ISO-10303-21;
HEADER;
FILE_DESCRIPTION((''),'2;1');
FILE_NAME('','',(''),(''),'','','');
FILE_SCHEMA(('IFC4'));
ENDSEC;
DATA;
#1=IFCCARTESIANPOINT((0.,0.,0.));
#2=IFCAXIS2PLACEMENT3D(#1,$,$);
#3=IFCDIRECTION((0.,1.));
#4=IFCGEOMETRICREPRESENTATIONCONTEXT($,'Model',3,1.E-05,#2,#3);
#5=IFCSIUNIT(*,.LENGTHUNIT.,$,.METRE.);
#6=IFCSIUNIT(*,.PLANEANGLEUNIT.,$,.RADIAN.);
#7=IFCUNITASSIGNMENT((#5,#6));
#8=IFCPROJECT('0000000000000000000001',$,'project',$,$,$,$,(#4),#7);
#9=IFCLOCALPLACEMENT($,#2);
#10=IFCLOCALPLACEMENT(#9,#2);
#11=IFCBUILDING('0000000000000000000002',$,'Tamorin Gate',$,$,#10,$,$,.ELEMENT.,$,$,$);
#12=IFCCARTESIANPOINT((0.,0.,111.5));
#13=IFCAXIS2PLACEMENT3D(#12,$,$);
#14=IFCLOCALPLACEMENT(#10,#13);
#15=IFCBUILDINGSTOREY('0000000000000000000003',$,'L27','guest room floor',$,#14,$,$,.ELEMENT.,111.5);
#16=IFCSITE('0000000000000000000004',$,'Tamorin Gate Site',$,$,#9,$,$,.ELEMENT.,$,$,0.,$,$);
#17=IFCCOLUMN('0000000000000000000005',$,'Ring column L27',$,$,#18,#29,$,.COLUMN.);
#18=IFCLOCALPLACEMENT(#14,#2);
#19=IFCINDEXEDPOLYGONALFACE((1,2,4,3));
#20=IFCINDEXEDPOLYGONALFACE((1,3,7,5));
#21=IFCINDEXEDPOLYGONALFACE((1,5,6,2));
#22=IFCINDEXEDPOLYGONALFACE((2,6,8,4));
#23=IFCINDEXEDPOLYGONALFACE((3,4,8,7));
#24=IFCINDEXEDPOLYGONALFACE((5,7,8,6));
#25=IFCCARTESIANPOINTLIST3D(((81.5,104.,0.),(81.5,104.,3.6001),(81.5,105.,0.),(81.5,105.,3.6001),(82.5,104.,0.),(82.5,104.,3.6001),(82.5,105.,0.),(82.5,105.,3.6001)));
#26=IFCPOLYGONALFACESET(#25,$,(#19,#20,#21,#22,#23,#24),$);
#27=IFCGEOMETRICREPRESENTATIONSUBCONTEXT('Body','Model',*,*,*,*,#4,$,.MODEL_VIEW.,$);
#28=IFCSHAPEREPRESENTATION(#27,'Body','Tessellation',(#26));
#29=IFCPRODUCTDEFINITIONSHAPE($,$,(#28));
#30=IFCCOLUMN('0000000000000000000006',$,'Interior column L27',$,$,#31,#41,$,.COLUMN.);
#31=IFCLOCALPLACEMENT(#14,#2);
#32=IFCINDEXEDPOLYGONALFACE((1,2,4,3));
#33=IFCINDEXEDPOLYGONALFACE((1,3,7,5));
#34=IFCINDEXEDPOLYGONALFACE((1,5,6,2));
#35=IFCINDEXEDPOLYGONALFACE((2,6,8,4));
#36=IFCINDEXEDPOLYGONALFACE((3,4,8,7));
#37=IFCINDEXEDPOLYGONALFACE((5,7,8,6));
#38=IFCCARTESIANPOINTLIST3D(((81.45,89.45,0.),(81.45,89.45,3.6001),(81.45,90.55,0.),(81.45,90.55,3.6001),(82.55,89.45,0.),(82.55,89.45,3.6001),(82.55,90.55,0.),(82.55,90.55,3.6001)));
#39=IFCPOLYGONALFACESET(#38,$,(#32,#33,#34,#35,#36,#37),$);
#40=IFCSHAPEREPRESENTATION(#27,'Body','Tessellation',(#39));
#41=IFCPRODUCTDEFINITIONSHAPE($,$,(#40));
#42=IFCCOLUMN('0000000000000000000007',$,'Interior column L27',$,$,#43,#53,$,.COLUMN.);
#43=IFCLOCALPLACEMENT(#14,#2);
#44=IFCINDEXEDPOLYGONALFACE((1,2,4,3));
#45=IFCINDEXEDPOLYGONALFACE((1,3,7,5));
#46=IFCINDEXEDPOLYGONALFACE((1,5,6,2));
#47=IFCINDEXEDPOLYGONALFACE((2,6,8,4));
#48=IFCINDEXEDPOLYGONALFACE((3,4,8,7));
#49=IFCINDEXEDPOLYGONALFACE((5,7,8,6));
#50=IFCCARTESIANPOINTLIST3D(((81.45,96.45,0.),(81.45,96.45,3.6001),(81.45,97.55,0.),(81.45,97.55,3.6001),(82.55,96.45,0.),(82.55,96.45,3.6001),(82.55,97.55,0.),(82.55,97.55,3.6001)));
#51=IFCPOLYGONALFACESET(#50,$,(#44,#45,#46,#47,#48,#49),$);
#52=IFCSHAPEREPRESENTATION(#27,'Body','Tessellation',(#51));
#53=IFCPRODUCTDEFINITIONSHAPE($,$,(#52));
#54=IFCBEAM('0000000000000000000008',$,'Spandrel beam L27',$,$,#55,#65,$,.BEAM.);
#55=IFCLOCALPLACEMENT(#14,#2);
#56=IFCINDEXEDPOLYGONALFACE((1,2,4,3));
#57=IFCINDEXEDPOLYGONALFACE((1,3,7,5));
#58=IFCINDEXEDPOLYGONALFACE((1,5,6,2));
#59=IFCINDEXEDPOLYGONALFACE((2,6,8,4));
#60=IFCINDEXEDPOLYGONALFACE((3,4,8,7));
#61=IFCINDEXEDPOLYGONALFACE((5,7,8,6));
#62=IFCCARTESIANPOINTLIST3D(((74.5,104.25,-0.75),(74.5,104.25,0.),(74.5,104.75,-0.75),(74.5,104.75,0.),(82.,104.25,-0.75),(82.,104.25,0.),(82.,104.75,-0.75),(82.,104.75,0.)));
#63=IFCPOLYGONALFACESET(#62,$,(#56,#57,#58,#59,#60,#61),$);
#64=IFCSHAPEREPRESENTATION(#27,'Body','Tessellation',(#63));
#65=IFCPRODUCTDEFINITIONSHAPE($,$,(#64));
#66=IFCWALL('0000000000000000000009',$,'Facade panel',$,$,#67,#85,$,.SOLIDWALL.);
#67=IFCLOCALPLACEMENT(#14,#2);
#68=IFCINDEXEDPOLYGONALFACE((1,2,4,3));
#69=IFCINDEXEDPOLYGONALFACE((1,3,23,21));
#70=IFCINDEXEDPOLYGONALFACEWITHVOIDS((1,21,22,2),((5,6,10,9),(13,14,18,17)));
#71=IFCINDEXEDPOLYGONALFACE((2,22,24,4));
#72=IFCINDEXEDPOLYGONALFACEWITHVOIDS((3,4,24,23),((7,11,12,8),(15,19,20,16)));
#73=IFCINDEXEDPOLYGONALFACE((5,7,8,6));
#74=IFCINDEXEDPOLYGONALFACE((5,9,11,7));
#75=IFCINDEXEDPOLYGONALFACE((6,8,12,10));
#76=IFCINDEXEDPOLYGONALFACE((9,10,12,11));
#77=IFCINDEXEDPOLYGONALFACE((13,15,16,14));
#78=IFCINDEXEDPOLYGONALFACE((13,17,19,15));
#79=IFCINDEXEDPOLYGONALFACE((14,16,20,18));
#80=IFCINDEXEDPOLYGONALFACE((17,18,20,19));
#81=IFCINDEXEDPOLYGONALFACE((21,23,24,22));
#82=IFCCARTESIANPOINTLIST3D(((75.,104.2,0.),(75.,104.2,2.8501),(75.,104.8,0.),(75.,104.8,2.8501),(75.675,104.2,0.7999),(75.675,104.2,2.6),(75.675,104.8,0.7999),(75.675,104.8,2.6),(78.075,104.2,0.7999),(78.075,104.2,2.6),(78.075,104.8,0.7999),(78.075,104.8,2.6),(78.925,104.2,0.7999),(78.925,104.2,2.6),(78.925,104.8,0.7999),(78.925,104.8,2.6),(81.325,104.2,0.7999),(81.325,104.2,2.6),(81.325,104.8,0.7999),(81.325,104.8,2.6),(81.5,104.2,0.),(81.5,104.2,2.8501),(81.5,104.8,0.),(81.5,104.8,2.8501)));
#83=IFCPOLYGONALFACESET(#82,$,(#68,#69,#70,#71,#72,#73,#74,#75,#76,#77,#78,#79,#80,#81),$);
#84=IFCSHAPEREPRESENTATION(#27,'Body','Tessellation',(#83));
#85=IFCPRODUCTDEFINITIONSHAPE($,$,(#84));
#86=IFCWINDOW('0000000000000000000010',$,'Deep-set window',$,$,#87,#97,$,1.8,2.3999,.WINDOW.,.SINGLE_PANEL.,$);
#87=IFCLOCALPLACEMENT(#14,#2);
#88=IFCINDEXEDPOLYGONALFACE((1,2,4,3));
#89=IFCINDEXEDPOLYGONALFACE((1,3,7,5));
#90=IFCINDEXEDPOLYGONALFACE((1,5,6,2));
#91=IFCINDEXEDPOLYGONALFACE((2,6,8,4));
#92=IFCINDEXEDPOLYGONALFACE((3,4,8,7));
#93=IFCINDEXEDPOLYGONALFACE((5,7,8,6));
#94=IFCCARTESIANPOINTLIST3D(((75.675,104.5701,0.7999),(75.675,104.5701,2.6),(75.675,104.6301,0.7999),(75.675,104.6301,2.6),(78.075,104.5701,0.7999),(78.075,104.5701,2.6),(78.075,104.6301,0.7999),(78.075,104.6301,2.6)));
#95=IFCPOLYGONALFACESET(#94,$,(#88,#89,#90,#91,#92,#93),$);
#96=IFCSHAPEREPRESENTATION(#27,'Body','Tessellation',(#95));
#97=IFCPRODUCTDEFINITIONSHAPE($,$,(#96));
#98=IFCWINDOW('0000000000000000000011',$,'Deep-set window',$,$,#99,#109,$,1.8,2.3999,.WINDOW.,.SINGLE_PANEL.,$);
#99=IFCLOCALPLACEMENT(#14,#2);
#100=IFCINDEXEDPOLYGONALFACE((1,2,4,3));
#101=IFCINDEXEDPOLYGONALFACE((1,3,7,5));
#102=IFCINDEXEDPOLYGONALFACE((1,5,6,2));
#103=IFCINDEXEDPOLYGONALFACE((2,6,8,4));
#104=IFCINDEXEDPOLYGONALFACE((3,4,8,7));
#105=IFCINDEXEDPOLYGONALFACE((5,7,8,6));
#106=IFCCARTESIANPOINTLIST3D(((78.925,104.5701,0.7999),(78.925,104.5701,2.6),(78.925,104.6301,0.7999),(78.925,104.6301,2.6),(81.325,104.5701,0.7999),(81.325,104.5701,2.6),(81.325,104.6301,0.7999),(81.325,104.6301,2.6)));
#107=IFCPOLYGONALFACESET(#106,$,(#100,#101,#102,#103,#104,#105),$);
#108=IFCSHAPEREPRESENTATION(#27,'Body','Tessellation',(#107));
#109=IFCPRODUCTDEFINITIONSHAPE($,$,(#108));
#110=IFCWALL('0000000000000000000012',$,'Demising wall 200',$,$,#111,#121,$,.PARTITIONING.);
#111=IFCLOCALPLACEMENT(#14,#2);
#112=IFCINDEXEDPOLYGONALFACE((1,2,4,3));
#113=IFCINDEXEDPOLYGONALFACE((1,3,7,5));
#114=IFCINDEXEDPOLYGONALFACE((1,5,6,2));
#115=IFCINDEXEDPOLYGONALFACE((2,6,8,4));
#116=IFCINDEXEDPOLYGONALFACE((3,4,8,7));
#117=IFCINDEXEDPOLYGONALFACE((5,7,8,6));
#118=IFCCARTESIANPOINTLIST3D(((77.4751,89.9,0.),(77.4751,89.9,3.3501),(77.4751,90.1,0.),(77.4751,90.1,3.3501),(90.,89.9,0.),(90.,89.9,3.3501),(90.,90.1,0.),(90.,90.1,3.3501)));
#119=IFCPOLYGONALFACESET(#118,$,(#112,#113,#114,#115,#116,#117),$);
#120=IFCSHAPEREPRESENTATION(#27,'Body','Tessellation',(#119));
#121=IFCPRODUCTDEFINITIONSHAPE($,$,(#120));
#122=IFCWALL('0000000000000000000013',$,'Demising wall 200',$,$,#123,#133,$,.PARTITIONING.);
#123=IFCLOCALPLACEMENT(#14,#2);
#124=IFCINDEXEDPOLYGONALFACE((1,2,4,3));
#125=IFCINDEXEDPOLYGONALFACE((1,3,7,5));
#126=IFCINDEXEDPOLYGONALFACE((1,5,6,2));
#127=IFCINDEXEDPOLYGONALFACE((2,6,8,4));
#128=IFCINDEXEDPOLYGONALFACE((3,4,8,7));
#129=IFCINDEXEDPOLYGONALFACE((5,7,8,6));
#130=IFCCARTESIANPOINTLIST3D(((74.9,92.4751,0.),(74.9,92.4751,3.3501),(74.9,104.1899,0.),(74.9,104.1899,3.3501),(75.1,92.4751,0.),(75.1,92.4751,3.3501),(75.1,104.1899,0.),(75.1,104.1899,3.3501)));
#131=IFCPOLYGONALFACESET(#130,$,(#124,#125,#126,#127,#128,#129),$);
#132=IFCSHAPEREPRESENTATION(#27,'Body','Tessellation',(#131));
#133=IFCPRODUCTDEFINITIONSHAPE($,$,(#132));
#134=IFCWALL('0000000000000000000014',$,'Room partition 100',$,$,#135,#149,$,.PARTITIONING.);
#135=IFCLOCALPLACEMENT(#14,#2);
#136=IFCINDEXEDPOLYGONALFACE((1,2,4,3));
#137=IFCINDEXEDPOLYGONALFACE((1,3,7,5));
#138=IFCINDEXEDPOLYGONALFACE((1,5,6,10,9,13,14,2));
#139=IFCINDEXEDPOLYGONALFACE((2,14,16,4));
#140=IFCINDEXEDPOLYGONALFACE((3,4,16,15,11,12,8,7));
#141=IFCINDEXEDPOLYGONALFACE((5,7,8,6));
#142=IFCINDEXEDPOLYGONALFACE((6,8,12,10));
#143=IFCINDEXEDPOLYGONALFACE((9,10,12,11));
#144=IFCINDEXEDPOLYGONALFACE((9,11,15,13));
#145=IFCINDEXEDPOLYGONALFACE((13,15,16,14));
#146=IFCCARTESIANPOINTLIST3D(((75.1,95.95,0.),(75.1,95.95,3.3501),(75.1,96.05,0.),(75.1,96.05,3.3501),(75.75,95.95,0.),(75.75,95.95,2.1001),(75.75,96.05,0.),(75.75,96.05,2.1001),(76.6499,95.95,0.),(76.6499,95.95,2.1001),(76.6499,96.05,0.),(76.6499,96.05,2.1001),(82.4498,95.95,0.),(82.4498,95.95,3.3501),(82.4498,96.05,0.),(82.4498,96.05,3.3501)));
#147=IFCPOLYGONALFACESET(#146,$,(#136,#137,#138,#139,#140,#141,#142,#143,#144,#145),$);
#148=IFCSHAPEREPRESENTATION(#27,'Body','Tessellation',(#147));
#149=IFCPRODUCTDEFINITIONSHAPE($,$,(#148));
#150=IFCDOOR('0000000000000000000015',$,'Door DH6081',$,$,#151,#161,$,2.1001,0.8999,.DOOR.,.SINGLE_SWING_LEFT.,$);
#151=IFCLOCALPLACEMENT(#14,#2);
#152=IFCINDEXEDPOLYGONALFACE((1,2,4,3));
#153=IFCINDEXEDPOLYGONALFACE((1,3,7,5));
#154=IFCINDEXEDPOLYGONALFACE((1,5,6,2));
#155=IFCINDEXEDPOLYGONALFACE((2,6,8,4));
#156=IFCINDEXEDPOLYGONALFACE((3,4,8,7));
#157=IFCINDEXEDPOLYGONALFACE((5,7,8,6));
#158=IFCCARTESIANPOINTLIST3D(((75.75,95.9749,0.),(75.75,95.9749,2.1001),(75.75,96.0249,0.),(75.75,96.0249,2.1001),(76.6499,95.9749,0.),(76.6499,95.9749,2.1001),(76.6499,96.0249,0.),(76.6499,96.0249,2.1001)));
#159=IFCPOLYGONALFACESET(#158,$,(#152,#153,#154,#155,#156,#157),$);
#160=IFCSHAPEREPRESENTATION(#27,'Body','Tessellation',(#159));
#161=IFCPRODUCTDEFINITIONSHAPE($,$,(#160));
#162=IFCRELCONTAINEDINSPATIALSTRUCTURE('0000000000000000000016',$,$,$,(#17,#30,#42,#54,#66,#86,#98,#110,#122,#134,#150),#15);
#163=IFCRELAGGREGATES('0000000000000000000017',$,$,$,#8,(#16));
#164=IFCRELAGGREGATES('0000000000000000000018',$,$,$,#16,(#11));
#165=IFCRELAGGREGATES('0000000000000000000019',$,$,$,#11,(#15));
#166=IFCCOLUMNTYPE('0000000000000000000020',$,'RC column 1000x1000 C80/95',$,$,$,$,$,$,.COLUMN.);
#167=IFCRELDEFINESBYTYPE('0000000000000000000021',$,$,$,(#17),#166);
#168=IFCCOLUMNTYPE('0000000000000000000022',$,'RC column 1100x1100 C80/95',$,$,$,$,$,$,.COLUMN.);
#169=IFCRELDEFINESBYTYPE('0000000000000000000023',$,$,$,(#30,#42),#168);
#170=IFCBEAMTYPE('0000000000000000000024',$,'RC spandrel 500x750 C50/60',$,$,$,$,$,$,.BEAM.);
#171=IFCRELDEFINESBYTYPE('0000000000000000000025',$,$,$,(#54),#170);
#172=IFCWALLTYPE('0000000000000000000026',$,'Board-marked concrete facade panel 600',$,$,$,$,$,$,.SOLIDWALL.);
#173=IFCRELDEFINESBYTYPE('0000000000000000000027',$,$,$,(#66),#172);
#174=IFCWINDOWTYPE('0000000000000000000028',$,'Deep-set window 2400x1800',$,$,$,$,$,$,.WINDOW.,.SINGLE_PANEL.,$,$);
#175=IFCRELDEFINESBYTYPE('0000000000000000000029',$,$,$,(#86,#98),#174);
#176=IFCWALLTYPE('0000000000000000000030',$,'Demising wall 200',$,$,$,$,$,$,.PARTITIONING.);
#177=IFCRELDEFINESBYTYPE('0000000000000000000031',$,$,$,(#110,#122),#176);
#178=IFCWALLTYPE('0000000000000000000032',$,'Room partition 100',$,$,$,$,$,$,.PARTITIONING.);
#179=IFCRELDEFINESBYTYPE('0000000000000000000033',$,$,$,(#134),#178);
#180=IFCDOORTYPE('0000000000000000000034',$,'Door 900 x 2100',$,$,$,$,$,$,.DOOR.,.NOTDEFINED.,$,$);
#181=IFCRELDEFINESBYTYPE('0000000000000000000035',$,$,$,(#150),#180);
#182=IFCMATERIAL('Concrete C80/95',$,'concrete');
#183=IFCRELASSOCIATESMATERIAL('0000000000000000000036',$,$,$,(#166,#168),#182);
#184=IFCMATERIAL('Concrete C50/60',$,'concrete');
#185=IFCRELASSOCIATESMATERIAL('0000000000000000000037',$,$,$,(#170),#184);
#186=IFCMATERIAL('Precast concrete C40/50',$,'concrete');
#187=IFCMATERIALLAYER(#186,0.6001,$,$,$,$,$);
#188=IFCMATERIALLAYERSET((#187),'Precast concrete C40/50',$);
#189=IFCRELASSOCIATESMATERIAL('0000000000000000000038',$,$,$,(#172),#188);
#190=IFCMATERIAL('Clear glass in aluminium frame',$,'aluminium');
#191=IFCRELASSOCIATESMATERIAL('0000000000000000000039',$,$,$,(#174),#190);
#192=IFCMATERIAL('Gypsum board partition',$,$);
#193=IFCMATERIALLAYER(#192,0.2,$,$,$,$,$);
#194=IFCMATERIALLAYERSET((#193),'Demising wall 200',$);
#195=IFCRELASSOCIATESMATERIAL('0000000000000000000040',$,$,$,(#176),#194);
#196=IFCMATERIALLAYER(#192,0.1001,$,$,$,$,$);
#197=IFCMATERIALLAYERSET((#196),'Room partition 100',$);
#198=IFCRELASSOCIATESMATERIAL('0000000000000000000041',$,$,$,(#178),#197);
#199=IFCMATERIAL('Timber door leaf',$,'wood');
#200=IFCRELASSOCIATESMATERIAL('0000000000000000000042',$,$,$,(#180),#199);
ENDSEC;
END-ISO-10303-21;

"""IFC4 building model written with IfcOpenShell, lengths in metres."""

from ifc_helpers import new_model, si_unit, direction, frame, frame_2d, origin, origin_2d, place, context, subcontext, project, spatial, rectangle, extrude, material, layer, layer_set, material_profile, profile_set, type_object, element, fill, save


model = new_model("IFC4")

# Units and contexts
model_context = context("Model", 3, precision=1e-05, world=origin(), true_north=direction((0.0, 1.0)))
body_context = subcontext(model_context, "Body", "Model", "MODEL_VIEW")
ifc_project = project(units=[si_unit("LENGTHUNIT", "METRE"), si_unit("PLANEANGLEUNIT", "RADIAN")], contexts=[model_context])

# Site, building, storey
site_placement = place(None, origin())
site = spatial("IfcSite", under=ifc_project, at=site_placement, Name="Tamorin Gate Site", CompositionType="ELEMENT", RefElevation=0.0)
building_placement = place(site_placement, origin())
building = spatial("IfcBuilding", under=site, at=building_placement, Name="Tamorin Gate", CompositionType="ELEMENT")
storey_placement = place(building_placement, frame((0.0, 0.0, 111.5)))
storey = spatial("IfcBuildingStorey", under=building, at=storey_placement, Name="L27", Description="guest room floor", CompositionType="ELEMENT", Elevation=111.5)

# Columns
ifc_material_1 = material(Name="Concrete C80/95", Category="concrete")
ifc_material_profile_1 = material_profile(ifc_material_1, rectangle(XDim=1.0, YDim=1.0, at=origin_2d()), Name="RC 1000x1000")
ifc_profile_set_1 = profile_set([ifc_material_profile_1], Name="Concrete C80/95")
column_type_1 = type_object("IfcColumnType", Name="RC column 1000x1000 C80/95", PredefinedType="COLUMN", material=ifc_profile_set_1)
column_placement = place(storey_placement, frame((82.0, 104.5, 0.0), z_axis=(0.0, 0.0, 1.0), x_axis=(1.0, 0.0, 0.0)))
element("IfcColumn", 1, at=column_placement, inside=storey, type_object=column_type_1, Name="Ring column L27", PredefinedType="COLUMN", context=body_context, shape_type="SweptSolid", body=[
    extrude(rectangle(XDim=1.0, YDim=1.0, at=origin_2d()), origin(), (0.0, 0.0, 1.0), 3.6001),
])
ifc_material_profile_2 = material_profile(ifc_material_1, rectangle(XDim=1.1001, YDim=1.1001, at=origin_2d()), Name="RC 1100x1100")
ifc_profile_set_2 = profile_set([ifc_material_profile_2], Name="Concrete C80/95")
column_type_2 = type_object("IfcColumnType", Name="RC column 1100x1100 C80/95", PredefinedType="COLUMN", material=ifc_profile_set_2)
for number, where, z_axis, x_axis, name in (
    (2, (82.0, 90.0, 0.0), (0.0, 0.0, 1.0), (1.0, 0.0, 0.0), "Interior column L27"),
    (3, (82.0, 97.0, 0.0), (0.0, 0.0, 1.0), (1.0, 0.0, 0.0), "Interior column L27"),
):
    element("IfcColumn", number, at=place(storey_placement, frame(where, z_axis=z_axis, x_axis=x_axis)), inside=storey, type_object=column_type_2, Name=name, PredefinedType="COLUMN", context=body_context, shape_type="SweptSolid", body=[
        extrude(rectangle(XDim=1.1001, YDim=1.1001, at=origin_2d()), origin(), (0.0, 0.0, 1.0), 3.6001),
    ])

# Beam
ifc_material_2 = material(Name="Concrete C50/60", Category="concrete")
ifc_material_profile_3 = material_profile(ifc_material_2, rectangle(XDim=0.5, YDim=0.75, at=origin_2d()), Name="RC 500x750")
ifc_profile_set_3 = profile_set([ifc_material_profile_3], Name="Concrete C50/60")
beam_type = type_object("IfcBeamType", Name="RC spandrel 500x750 C50/60", PredefinedType="BEAM", material=ifc_profile_set_3)
beam_placement = place(storey_placement, frame((82.0, 104.5, -0.375), z_axis=(-1.0, 0.0, 0.0), x_axis=(0.0, -1.0, 0.0)))
element("IfcBeam", 4, at=beam_placement, inside=storey, type_object=beam_type, Name="Spandrel beam L27", PredefinedType="BEAM", context=body_context, shape_type="SweptSolid", body=[
    extrude(rectangle(XDim=0.5, YDim=0.75, at=origin_2d()), origin(), (0.0, 0.0, 1.0), 7.5),
])

# Wall, openings, windows
ifc_material_3 = material(Name="Precast concrete C40/50", Category="concrete")
ifc_layer_1 = layer(ifc_material_3, 0.6001)
ifc_layer_set_1 = layer_set([ifc_layer_1], Name="Precast concrete C40/50")
wall_type_1 = type_object("IfcWallType", Name="Board-marked concrete facade panel 600", PredefinedType="SOLIDWALL", material=ifc_layer_set_1)
wall_1_placement = place(storey_placement, frame((81.5, 104.5, 0.0), z_axis=(0.0, 0.0, 1.0), x_axis=(-1.0, 0.0, 0.0)))
wall_1 = element("IfcWall", 5, at=wall_1_placement, inside=storey, type_object=wall_type_1, Name="Facade panel", PredefinedType="SOLIDWALL", context=body_context, shape_type="SweptSolid", body=[
    extrude(rectangle(XDim=6.5, YDim=0.6001, at=frame_2d((3.25, 0.0))), origin(), (0.0, 0.0, 1.0), 2.8501),
])
opening_1_placement = place(wall_1_placement, frame((3.425, 0.0, 0.8)))
opening_1 = element("IfcOpeningElement", 6, at=opening_1_placement, cuts=wall_1, PredefinedType="OPENING", context=body_context, shape_type="SweptSolid", body=[
    extrude(rectangle(XDim=2.3999, YDim=1.8, at=frame_2d((1.2, 0.8999))), frame((0.0, 0.3101, 0.0), z_axis=(0.0, -1.0, 0.0), x_axis=(1.0, 0.0, 0.0)), (0.0, 0.0, 1.0), 0.6201),
])
opening_2_placement = place(wall_1_placement, frame((0.175, 0.0, 0.8)))
opening_2 = element("IfcOpeningElement", 7, at=opening_2_placement, cuts=wall_1, PredefinedType="OPENING", context=body_context, shape_type="SweptSolid", body=[
    extrude(rectangle(XDim=2.3999, YDim=1.8, at=frame_2d((1.2, 0.8999))), frame((0.0, 0.3101, 0.0), z_axis=(0.0, -1.0, 0.0), x_axis=(1.0, 0.0, 0.0)), (0.0, 0.0, 1.0), 0.6201),
])
ifc_material_4 = material(Name="Clear glass in aluminium frame", Category="aluminium")
window_type = type_object("IfcWindowType", Name="Deep-set window 2400x1800", PartitioningType="SINGLE_PANEL", PredefinedType="WINDOW", material=ifc_material_4)
window_1_placement = place(opening_1_placement, origin())
window_1 = element("IfcWindow", 8, at=window_1_placement, inside=storey, type_object=window_type, Name="Deep-set window", OverallHeight=1.8, OverallWidth=2.3999, PartitioningType="SINGLE_PANEL", PredefinedType="WINDOW", context=body_context, shape_type="SweptSolid", body=[
    extrude(rectangle(XDim=2.3999, YDim=1.8, at=frame_2d((1.2, 0.8999))), frame((0.0, -0.0701, 0.0), z_axis=(0.0, -1.0, 0.0), x_axis=(1.0, 0.0, 0.0)), (0.0, 0.0, 1.0), 0.0601),
])
fill(opening_1, window_1)
window_2_placement = place(opening_2_placement, origin())
window_2 = element("IfcWindow", 9, at=window_2_placement, inside=storey, type_object=window_type, Name="Deep-set window", OverallHeight=1.8, OverallWidth=2.3999, PartitioningType="SINGLE_PANEL", PredefinedType="WINDOW", context=body_context, shape_type="SweptSolid", body=[
    extrude(rectangle(XDim=2.3999, YDim=1.8, at=frame_2d((1.2, 0.8999))), frame((0.0, -0.0701, 0.0), z_axis=(0.0, -1.0, 0.0), x_axis=(1.0, 0.0, 0.0)), (0.0, 0.0, 1.0), 0.0601),
])
fill(opening_2, window_2)

# Walls
ifc_material_5 = material(Name="Gypsum board partition")
ifc_layer_2 = layer(ifc_material_5, 0.2)
ifc_layer_set_2 = layer_set([ifc_layer_2], Name="Demising wall 200")
wall_type_2 = type_object("IfcWallType", Name="Demising wall 200", PredefinedType="PARTITIONING", material=ifc_layer_set_2)
wall_2_placement = place(storey_placement, frame((77.4751, 90.0, 0.0), z_axis=(0.0, 0.0, 1.0), x_axis=(1.0, 0.0, 0.0)))
element("IfcWall", 10, at=wall_2_placement, inside=storey, type_object=wall_type_2, Name="Demising wall 200", PredefinedType="PARTITIONING", context=body_context, shape_type="SweptSolid", body=[
    extrude(rectangle(XDim=12.5249, YDim=0.2, at=frame_2d((6.2625, 0.0))), origin(), (0.0, 0.0, 1.0), 3.3501),
])
wall_3_placement = place(storey_placement, frame((75.0, 92.4751, 0.0), z_axis=(0.0, 0.0, 1.0), x_axis=(0.0, 1.0, 0.0)))
element("IfcWall", 11, at=wall_3_placement, inside=storey, type_object=wall_type_2, Name="Demising wall 200", PredefinedType="PARTITIONING", context=body_context, shape_type="SweptSolid", body=[
    extrude(rectangle(XDim=11.7148, YDim=0.2, at=frame_2d((5.8574, 0.0))), origin(), (0.0, 0.0, 1.0), 3.3501),
])

# Wall, opening, door
ifc_layer_3 = layer(ifc_material_5, 0.1001)
ifc_layer_set_3 = layer_set([ifc_layer_3], Name="Room partition 100")
wall_type_3 = type_object("IfcWallType", Name="Room partition 100", PredefinedType="PARTITIONING", material=ifc_layer_set_3)
wall_4_placement = place(storey_placement, frame((75.1001, 96.0, 0.0), z_axis=(0.0, 0.0, 1.0), x_axis=(1.0, 0.0, 0.0)))
wall_4 = element("IfcWall", 12, at=wall_4_placement, inside=storey, type_object=wall_type_3, Name="Room partition 100", PredefinedType="PARTITIONING", context=body_context, shape_type="SweptSolid", body=[
    extrude(rectangle(XDim=7.3499, YDim=0.1001, at=frame_2d((3.6748, 0.0))), origin(), (0.0, 0.0, 1.0), 3.3501),
])
opening_3_placement = place(wall_4_placement, frame((0.6499, 0.0, 0.0)))
opening_3 = element("IfcOpeningElement", 13, at=opening_3_placement, cuts=wall_4, PredefinedType="OPENING", context=body_context, shape_type="SweptSolid", body=[
    extrude(rectangle(XDim=0.8999, YDim=2.1001, at=frame_2d((0.45, 1.05))), frame((0.0, 0.0601, 0.0), z_axis=(0.0, -1.0, 0.0), x_axis=(1.0, 0.0, 0.0)), (0.0, 0.0, 1.0), 0.1201),
])
ifc_material_6 = material(Name="Timber door leaf", Category="wood")
door_type = type_object("IfcDoorType", Name="Door 900 x 2100", OperationType="NOTDEFINED", PredefinedType="DOOR", material=ifc_material_6)
door_1_placement = place(opening_3_placement, origin())
door_1 = element("IfcDoor", 14, at=door_1_placement, inside=storey, type_object=door_type, Name="Door DH6081", OperationType="SINGLE_SWING_LEFT", OverallHeight=2.1001, OverallWidth=0.8999, PredefinedType="DOOR", context=body_context, shape_type="SweptSolid", body=[
    extrude(rectangle(XDim=0.8999, YDim=2.1001, at=frame_2d((0.45, 1.05))), frame((0.0, 0.0249, 0.0), z_axis=(0.0, -1.0, 0.0), x_axis=(1.0, 0.0, 0.0)), (0.0, 0.0, 1.0), 0.05),
])
fill(opening_3, door_1)

save(model, "model.ifc")
